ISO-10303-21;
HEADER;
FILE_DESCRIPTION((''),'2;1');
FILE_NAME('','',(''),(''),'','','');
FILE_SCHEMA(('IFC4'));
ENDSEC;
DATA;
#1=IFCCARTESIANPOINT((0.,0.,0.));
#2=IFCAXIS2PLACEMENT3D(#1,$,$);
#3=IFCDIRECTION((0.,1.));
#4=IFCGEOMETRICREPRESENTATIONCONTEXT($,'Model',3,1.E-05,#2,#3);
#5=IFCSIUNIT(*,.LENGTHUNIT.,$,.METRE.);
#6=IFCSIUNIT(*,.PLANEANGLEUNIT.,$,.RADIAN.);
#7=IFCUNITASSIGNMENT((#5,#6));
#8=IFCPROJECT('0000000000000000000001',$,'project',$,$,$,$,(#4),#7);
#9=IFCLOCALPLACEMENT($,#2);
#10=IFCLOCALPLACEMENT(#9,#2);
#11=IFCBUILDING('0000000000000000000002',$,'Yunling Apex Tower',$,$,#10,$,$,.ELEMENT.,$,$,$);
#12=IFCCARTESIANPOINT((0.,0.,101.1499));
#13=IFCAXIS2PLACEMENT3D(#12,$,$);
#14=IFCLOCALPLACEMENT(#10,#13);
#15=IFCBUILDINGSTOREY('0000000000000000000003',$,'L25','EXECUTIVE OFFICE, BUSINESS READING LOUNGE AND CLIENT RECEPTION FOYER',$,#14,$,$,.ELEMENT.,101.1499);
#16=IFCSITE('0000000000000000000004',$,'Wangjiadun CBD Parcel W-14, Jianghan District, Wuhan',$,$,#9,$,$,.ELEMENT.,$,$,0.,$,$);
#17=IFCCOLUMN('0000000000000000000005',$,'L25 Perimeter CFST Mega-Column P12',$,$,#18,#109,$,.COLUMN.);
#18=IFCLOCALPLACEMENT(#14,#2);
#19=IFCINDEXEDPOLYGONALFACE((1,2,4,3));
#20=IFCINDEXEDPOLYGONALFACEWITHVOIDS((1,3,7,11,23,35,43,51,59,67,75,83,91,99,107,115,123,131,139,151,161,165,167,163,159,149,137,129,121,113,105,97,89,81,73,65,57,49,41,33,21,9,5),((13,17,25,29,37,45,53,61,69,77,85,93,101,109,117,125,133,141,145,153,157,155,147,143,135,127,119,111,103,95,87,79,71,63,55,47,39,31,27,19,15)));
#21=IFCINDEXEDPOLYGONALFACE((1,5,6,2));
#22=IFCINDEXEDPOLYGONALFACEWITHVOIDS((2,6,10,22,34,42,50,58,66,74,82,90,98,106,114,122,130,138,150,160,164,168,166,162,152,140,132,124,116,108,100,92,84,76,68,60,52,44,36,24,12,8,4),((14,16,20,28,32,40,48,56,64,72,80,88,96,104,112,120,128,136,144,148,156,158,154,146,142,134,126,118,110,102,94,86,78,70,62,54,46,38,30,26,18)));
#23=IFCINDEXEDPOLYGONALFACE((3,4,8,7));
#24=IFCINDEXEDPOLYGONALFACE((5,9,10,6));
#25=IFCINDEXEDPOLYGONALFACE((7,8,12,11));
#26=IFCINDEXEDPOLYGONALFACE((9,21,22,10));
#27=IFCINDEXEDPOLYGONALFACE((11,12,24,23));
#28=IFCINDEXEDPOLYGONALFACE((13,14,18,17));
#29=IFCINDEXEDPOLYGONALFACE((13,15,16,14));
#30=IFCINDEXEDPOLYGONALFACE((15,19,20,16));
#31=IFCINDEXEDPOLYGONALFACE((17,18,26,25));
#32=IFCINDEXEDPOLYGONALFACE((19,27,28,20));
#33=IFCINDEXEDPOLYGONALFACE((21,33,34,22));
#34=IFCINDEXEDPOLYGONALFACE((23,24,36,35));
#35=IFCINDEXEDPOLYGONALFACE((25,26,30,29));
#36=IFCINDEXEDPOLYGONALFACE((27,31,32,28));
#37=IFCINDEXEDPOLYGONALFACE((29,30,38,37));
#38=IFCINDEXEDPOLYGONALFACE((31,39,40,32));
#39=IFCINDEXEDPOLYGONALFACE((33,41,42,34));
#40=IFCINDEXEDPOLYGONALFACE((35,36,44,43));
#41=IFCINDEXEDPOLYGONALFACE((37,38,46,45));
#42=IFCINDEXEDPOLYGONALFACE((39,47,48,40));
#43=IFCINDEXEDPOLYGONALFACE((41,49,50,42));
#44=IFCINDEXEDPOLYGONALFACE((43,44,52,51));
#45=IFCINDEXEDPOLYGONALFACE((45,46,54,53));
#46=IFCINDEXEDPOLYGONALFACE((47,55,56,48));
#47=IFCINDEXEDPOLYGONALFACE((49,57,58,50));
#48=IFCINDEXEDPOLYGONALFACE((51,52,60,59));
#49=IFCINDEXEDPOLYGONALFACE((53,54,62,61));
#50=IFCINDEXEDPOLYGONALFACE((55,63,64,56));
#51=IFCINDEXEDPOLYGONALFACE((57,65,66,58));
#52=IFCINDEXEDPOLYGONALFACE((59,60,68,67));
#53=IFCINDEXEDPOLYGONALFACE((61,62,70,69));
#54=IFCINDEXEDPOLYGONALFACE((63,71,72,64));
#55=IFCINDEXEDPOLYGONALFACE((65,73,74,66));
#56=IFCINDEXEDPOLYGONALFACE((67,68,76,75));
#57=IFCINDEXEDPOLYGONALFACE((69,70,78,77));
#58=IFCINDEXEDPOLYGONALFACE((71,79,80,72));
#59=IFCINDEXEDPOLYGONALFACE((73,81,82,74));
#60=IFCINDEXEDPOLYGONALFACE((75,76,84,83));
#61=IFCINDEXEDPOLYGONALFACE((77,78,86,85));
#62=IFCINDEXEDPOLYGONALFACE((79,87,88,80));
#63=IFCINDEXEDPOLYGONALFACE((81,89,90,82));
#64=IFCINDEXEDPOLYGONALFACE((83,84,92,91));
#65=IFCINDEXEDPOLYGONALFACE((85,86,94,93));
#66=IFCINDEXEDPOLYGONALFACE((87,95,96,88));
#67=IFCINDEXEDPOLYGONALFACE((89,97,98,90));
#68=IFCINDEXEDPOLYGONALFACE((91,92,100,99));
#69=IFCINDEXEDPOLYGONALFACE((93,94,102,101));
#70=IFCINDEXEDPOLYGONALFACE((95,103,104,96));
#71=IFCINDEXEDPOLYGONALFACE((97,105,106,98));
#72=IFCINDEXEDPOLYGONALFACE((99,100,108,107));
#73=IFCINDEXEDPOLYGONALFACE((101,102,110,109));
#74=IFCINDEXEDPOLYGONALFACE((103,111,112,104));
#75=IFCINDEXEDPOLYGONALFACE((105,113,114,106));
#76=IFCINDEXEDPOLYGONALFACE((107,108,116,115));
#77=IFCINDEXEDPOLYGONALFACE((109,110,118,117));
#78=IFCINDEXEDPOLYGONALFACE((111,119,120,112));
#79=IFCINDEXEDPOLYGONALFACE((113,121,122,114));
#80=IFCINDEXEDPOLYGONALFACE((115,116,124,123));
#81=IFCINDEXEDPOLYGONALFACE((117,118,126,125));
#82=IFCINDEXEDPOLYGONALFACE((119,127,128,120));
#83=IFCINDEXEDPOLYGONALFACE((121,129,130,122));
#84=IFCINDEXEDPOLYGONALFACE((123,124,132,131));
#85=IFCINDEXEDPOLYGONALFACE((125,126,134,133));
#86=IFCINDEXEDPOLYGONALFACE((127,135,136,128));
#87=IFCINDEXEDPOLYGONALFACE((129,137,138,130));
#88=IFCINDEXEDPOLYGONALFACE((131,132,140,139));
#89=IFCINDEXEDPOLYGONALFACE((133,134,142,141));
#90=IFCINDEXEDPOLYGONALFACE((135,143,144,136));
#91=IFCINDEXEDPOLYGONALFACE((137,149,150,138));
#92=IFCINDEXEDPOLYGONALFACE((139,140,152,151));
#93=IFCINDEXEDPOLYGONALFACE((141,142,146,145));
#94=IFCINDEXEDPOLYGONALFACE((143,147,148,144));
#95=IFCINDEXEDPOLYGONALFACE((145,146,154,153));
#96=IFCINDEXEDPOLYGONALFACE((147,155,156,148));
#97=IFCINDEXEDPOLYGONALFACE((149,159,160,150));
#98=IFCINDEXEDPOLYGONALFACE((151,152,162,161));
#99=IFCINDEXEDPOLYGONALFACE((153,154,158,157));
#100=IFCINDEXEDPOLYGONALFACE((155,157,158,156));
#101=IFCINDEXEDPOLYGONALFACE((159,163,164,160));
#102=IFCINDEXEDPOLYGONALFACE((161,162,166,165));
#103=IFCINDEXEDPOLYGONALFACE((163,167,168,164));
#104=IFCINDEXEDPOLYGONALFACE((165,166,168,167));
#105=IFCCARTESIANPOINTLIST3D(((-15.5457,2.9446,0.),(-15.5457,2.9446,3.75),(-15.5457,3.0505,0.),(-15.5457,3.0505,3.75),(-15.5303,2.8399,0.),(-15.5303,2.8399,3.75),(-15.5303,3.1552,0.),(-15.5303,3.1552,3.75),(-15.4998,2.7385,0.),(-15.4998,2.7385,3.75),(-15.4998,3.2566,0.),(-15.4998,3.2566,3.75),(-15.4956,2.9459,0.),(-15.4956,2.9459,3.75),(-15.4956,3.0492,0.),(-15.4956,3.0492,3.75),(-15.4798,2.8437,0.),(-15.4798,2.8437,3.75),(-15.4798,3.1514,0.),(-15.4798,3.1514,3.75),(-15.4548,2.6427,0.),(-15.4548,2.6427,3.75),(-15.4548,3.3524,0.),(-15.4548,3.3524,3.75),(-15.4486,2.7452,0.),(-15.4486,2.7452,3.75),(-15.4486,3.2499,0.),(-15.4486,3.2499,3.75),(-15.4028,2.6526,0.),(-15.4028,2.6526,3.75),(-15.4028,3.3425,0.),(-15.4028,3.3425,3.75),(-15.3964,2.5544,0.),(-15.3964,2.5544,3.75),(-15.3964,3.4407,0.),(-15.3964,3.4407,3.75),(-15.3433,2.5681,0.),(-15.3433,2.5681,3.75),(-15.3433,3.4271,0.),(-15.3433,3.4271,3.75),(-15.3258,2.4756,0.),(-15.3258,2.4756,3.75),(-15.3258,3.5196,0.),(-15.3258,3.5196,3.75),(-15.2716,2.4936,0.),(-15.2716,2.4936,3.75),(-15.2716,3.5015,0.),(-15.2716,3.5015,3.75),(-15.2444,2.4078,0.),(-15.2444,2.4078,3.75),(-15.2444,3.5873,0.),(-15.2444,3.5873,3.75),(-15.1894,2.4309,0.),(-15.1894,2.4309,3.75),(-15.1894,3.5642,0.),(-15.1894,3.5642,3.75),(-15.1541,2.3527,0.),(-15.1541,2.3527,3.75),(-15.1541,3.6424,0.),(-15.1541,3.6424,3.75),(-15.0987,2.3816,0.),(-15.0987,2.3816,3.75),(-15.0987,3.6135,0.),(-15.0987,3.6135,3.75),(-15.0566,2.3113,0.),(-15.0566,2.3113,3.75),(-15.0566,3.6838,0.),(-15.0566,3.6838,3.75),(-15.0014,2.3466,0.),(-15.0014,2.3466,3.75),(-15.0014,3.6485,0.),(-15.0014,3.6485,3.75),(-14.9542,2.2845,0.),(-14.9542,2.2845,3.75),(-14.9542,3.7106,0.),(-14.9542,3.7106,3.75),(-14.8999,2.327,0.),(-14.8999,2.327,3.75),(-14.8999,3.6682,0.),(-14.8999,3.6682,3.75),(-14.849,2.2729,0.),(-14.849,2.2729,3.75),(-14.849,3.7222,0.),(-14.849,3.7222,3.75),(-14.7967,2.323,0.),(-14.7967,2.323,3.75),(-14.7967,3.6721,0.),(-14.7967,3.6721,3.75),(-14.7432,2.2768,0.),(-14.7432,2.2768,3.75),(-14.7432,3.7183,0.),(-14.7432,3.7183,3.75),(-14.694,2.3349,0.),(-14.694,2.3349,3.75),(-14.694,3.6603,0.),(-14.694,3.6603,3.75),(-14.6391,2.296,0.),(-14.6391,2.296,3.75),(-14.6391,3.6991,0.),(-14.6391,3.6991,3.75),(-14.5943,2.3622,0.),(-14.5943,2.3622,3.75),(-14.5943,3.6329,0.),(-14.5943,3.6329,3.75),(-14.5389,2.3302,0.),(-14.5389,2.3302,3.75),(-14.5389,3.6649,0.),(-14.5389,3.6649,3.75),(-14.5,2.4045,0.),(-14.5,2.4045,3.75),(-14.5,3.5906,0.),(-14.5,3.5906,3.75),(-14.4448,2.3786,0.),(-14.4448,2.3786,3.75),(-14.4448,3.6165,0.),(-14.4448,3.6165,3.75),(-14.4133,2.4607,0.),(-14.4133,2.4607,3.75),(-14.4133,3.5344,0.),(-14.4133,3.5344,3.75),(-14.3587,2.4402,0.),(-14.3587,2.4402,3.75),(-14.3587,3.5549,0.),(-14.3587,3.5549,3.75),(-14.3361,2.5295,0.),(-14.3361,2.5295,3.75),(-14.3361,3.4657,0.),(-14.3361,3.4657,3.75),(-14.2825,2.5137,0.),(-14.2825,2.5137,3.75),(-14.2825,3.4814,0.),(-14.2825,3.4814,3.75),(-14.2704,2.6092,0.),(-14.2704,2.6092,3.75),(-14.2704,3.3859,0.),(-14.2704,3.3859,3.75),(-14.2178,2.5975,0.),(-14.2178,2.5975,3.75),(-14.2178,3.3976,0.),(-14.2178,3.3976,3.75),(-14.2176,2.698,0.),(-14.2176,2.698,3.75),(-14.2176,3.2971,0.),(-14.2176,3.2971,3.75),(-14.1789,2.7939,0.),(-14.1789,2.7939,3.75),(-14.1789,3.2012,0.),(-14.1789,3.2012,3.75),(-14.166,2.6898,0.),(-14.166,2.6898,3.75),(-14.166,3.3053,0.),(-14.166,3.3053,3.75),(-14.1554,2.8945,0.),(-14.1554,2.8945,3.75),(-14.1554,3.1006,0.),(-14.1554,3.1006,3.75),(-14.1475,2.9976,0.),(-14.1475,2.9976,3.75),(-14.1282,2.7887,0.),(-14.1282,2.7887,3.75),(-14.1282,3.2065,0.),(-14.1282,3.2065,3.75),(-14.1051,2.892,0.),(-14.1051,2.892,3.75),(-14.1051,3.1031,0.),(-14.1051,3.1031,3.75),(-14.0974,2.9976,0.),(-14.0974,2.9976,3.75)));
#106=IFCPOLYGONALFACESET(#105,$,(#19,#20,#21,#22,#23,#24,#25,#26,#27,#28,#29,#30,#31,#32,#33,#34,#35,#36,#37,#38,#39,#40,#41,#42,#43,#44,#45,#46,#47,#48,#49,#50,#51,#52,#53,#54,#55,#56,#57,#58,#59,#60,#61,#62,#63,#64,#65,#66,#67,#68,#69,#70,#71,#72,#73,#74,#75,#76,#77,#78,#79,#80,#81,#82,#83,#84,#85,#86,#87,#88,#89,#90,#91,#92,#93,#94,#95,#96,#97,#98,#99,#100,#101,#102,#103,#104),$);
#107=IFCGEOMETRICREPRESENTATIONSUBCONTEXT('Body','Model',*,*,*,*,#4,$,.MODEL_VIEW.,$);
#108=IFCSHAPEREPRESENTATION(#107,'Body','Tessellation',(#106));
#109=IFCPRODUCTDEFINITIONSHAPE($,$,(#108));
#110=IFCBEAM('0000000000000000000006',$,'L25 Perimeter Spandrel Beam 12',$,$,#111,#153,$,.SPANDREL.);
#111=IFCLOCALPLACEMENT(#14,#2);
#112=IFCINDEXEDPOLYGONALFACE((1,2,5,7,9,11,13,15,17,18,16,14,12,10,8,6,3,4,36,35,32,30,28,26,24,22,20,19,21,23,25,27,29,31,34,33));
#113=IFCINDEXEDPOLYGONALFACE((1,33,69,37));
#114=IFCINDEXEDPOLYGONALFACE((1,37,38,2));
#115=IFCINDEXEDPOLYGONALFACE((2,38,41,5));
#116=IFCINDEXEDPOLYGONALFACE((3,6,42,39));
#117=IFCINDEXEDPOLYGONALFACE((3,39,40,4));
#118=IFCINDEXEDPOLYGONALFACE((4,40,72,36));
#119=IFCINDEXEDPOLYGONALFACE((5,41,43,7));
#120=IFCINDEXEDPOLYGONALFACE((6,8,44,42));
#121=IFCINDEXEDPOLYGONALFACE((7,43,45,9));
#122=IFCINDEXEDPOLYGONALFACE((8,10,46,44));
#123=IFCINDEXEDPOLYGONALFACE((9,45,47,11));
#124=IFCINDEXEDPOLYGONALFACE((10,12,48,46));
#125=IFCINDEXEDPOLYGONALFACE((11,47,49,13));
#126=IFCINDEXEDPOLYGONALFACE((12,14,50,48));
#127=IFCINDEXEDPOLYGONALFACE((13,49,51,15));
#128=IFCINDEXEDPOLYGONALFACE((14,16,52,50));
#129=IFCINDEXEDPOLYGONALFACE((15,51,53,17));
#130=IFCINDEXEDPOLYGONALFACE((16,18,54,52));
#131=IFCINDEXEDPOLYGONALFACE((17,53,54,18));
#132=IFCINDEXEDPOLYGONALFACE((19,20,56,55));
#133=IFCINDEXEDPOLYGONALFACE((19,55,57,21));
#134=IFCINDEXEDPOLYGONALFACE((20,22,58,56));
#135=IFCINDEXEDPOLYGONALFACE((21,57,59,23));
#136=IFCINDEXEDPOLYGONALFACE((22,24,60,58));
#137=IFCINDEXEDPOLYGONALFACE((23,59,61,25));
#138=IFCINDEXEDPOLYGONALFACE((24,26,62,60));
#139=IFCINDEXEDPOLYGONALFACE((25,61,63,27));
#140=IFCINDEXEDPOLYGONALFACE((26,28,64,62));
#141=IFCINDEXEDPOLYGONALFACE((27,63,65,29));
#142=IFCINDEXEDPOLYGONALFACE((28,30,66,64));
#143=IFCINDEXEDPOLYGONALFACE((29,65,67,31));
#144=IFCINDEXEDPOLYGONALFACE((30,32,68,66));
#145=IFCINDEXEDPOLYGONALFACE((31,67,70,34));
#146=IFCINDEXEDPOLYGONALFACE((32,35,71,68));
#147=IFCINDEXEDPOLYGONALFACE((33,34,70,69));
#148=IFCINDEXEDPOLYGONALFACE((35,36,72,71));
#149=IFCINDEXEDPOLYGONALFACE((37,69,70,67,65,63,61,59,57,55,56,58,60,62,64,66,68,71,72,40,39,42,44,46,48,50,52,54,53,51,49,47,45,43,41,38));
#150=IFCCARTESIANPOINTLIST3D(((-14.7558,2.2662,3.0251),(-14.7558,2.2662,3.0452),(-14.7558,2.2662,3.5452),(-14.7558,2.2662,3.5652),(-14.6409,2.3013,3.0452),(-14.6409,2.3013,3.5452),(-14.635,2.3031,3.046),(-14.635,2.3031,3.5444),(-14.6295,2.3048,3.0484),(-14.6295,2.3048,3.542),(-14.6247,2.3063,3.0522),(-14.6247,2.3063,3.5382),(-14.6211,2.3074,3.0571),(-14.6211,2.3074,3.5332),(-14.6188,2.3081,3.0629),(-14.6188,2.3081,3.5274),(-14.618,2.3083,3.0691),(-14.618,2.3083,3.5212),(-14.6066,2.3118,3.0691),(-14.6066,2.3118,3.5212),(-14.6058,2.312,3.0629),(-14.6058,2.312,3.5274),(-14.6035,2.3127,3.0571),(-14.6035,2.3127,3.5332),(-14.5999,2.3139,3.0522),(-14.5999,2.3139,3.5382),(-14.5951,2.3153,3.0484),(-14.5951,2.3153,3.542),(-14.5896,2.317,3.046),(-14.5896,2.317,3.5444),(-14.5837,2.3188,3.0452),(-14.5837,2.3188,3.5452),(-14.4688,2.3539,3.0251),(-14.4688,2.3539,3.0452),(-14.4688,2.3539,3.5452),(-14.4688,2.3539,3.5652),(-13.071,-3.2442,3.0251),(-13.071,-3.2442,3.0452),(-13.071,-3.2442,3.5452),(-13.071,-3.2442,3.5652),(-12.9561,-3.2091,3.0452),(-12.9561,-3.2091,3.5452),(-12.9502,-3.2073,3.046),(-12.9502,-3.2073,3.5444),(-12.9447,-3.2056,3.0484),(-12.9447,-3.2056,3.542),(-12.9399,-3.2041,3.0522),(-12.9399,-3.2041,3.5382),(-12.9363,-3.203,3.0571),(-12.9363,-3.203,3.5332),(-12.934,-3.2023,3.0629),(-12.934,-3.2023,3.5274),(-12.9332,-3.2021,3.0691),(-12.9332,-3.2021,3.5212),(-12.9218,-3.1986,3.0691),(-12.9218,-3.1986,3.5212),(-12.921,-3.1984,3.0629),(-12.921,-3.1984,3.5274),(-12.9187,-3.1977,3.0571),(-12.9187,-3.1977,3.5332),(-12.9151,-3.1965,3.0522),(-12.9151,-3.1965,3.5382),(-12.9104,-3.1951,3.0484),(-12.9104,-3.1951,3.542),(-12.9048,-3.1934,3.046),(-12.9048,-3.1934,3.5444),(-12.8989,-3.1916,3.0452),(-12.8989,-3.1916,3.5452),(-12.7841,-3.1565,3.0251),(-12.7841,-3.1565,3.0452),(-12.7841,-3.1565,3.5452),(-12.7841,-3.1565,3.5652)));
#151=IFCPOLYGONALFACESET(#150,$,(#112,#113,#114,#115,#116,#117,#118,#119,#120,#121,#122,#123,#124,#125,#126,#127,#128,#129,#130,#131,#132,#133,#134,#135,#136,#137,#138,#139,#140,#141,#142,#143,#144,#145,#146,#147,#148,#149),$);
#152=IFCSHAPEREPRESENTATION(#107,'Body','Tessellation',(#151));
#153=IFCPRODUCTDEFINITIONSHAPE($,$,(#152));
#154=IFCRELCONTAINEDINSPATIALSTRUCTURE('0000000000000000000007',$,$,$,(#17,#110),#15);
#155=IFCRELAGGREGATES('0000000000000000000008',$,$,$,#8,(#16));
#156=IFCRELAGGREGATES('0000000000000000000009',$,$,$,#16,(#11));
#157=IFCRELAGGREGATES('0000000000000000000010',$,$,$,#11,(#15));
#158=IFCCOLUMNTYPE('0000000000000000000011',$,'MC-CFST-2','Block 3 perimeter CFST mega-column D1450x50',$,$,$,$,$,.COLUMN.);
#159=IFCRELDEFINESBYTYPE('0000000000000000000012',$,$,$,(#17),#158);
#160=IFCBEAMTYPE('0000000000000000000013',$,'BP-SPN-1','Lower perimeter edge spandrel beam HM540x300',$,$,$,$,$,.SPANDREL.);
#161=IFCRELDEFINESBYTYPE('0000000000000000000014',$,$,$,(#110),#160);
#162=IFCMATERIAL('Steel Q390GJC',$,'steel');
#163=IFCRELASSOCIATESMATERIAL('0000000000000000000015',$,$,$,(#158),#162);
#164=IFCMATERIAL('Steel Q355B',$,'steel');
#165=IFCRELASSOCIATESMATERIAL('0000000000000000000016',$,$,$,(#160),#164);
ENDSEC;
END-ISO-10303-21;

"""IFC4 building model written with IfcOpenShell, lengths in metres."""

from ifc_helpers import new_model, si_unit, direction, frame, origin, origin_2d, place, context, subcontext, project, spatial, hollow_circle, i_section, extrude, source, transform, mapped, material, material_profile, profile_set, type_object, element, save


model = new_model("IFC4")

# Units and contexts
model_context = context("Model", 3, precision=1e-05, world=origin(), true_north=direction((0.0, 1.0)))
body_context = subcontext(model_context, "Body", "Model", "MODEL_VIEW")
ifc_project = project(units=[si_unit("LENGTHUNIT", "METRE"), si_unit("PLANEANGLEUNIT", "RADIAN")], contexts=[model_context])

# Site, building, storey
site_placement = place(None, origin())
site = spatial("IfcSite", under=ifc_project, at=site_placement, Name="Wangjiadun CBD Parcel W-14, Jianghan District, Wuhan", CompositionType="ELEMENT", RefElevation=0.0)
building_placement = place(site_placement, origin())
building = spatial("IfcBuilding", under=site, at=building_placement, Name="Yunling Apex Tower", CompositionType="ELEMENT")
storey_placement = place(building_placement, frame((0.0, 0.0, 101.1499)))
storey = spatial("IfcBuildingStorey", under=building, at=storey_placement, Name="L25", Description="EXECUTIVE OFFICE, BUSINESS READING LOUNGE AND CLIENT RECEPTION FOYER", CompositionType="ELEMENT", Elevation=101.1499)

# Column
ifc_material_1 = material(Name="Steel Q390GJC", Category="steel")
ifc_material_profile_1 = material_profile(ifc_material_1, hollow_circle(Radius=0.7251, WallThickness=0.05, at=origin_2d()))
ifc_profile_set_1 = profile_set([ifc_material_profile_1], Name="Steel Q390GJC")
column_type = type_object("IfcColumnType", Name="MC-CFST-2", Description="Block 3 perimeter CFST mega-column D1450x50", PredefinedType="COLUMN", material=ifc_profile_set_1)
shared_shape_1 = source(origin(), body_context, "Body", "SweptSolid", [
    extrude(hollow_circle(Radius=0.7251, WallThickness=0.05, at=origin_2d()), origin(), (0.0, 0.0, 1.0), 3.75),
])
column_placement = place(storey_placement, frame((-14.8225, 2.9976, 0.0), z_axis=(0.0, 0.0, 1.0), x_axis=(1.0, 0.0, 0.0)))
element("IfcColumn", 1, at=column_placement, inside=storey, type_object=column_type, Name="L25 Perimeter CFST Mega-Column P12", PredefinedType="COLUMN", context=body_context, shape_type="MappedRepresentation", body=[
    mapped(shared_shape_1, transform((0.0, 0.0, 0.0), scale=1.0)),
])

# Beam
ifc_material_2 = material(Name="Steel Q355B", Category="steel")
ifc_material_profile_2 = material_profile(ifc_material_2, i_section(OverallWidth=0.3, OverallDepth=0.54, WebThickness=0.012, FlangeThickness=0.02, FilletRadius=0.0239, at=origin_2d()))
ifc_profile_set_2 = profile_set([ifc_material_profile_2], Name="Steel Q355B")
beam_type_1 = type_object("IfcBeamType", Name="BP-SPN-1", Description="Lower perimeter edge spandrel beam HM540x300", PredefinedType="SPANDREL", material=ifc_profile_set_2)
shared_shape_2 = source(origin(), body_context, "Body", "SweptSolid", [
    extrude(i_section(OverallWidth=0.3, OverallDepth=0.54, WebThickness=0.012, FlangeThickness=0.02, FilletRadius=0.0239, at=origin_2d()), origin(), (0.0, 0.0, 1.0), 5.7622),
])
beam_1_placement = place(storey_placement, frame((-14.6123, 2.3101, 3.2952), z_axis=(0.292385, -0.956301, 0.0), x_axis=(0.956301, 0.292385, 0.0)))
element("IfcBeam", 2, at=beam_1_placement, inside=storey, type_object=beam_type_1, Name="L25 Perimeter Spandrel Beam 12", PredefinedType="SPANDREL", context=body_context, shape_type="MappedRepresentation", body=[
    mapped(shared_shape_2, transform((0.0, 0.0, 0.0), scale=1.0)),
])

save(model, "model.ifc")
